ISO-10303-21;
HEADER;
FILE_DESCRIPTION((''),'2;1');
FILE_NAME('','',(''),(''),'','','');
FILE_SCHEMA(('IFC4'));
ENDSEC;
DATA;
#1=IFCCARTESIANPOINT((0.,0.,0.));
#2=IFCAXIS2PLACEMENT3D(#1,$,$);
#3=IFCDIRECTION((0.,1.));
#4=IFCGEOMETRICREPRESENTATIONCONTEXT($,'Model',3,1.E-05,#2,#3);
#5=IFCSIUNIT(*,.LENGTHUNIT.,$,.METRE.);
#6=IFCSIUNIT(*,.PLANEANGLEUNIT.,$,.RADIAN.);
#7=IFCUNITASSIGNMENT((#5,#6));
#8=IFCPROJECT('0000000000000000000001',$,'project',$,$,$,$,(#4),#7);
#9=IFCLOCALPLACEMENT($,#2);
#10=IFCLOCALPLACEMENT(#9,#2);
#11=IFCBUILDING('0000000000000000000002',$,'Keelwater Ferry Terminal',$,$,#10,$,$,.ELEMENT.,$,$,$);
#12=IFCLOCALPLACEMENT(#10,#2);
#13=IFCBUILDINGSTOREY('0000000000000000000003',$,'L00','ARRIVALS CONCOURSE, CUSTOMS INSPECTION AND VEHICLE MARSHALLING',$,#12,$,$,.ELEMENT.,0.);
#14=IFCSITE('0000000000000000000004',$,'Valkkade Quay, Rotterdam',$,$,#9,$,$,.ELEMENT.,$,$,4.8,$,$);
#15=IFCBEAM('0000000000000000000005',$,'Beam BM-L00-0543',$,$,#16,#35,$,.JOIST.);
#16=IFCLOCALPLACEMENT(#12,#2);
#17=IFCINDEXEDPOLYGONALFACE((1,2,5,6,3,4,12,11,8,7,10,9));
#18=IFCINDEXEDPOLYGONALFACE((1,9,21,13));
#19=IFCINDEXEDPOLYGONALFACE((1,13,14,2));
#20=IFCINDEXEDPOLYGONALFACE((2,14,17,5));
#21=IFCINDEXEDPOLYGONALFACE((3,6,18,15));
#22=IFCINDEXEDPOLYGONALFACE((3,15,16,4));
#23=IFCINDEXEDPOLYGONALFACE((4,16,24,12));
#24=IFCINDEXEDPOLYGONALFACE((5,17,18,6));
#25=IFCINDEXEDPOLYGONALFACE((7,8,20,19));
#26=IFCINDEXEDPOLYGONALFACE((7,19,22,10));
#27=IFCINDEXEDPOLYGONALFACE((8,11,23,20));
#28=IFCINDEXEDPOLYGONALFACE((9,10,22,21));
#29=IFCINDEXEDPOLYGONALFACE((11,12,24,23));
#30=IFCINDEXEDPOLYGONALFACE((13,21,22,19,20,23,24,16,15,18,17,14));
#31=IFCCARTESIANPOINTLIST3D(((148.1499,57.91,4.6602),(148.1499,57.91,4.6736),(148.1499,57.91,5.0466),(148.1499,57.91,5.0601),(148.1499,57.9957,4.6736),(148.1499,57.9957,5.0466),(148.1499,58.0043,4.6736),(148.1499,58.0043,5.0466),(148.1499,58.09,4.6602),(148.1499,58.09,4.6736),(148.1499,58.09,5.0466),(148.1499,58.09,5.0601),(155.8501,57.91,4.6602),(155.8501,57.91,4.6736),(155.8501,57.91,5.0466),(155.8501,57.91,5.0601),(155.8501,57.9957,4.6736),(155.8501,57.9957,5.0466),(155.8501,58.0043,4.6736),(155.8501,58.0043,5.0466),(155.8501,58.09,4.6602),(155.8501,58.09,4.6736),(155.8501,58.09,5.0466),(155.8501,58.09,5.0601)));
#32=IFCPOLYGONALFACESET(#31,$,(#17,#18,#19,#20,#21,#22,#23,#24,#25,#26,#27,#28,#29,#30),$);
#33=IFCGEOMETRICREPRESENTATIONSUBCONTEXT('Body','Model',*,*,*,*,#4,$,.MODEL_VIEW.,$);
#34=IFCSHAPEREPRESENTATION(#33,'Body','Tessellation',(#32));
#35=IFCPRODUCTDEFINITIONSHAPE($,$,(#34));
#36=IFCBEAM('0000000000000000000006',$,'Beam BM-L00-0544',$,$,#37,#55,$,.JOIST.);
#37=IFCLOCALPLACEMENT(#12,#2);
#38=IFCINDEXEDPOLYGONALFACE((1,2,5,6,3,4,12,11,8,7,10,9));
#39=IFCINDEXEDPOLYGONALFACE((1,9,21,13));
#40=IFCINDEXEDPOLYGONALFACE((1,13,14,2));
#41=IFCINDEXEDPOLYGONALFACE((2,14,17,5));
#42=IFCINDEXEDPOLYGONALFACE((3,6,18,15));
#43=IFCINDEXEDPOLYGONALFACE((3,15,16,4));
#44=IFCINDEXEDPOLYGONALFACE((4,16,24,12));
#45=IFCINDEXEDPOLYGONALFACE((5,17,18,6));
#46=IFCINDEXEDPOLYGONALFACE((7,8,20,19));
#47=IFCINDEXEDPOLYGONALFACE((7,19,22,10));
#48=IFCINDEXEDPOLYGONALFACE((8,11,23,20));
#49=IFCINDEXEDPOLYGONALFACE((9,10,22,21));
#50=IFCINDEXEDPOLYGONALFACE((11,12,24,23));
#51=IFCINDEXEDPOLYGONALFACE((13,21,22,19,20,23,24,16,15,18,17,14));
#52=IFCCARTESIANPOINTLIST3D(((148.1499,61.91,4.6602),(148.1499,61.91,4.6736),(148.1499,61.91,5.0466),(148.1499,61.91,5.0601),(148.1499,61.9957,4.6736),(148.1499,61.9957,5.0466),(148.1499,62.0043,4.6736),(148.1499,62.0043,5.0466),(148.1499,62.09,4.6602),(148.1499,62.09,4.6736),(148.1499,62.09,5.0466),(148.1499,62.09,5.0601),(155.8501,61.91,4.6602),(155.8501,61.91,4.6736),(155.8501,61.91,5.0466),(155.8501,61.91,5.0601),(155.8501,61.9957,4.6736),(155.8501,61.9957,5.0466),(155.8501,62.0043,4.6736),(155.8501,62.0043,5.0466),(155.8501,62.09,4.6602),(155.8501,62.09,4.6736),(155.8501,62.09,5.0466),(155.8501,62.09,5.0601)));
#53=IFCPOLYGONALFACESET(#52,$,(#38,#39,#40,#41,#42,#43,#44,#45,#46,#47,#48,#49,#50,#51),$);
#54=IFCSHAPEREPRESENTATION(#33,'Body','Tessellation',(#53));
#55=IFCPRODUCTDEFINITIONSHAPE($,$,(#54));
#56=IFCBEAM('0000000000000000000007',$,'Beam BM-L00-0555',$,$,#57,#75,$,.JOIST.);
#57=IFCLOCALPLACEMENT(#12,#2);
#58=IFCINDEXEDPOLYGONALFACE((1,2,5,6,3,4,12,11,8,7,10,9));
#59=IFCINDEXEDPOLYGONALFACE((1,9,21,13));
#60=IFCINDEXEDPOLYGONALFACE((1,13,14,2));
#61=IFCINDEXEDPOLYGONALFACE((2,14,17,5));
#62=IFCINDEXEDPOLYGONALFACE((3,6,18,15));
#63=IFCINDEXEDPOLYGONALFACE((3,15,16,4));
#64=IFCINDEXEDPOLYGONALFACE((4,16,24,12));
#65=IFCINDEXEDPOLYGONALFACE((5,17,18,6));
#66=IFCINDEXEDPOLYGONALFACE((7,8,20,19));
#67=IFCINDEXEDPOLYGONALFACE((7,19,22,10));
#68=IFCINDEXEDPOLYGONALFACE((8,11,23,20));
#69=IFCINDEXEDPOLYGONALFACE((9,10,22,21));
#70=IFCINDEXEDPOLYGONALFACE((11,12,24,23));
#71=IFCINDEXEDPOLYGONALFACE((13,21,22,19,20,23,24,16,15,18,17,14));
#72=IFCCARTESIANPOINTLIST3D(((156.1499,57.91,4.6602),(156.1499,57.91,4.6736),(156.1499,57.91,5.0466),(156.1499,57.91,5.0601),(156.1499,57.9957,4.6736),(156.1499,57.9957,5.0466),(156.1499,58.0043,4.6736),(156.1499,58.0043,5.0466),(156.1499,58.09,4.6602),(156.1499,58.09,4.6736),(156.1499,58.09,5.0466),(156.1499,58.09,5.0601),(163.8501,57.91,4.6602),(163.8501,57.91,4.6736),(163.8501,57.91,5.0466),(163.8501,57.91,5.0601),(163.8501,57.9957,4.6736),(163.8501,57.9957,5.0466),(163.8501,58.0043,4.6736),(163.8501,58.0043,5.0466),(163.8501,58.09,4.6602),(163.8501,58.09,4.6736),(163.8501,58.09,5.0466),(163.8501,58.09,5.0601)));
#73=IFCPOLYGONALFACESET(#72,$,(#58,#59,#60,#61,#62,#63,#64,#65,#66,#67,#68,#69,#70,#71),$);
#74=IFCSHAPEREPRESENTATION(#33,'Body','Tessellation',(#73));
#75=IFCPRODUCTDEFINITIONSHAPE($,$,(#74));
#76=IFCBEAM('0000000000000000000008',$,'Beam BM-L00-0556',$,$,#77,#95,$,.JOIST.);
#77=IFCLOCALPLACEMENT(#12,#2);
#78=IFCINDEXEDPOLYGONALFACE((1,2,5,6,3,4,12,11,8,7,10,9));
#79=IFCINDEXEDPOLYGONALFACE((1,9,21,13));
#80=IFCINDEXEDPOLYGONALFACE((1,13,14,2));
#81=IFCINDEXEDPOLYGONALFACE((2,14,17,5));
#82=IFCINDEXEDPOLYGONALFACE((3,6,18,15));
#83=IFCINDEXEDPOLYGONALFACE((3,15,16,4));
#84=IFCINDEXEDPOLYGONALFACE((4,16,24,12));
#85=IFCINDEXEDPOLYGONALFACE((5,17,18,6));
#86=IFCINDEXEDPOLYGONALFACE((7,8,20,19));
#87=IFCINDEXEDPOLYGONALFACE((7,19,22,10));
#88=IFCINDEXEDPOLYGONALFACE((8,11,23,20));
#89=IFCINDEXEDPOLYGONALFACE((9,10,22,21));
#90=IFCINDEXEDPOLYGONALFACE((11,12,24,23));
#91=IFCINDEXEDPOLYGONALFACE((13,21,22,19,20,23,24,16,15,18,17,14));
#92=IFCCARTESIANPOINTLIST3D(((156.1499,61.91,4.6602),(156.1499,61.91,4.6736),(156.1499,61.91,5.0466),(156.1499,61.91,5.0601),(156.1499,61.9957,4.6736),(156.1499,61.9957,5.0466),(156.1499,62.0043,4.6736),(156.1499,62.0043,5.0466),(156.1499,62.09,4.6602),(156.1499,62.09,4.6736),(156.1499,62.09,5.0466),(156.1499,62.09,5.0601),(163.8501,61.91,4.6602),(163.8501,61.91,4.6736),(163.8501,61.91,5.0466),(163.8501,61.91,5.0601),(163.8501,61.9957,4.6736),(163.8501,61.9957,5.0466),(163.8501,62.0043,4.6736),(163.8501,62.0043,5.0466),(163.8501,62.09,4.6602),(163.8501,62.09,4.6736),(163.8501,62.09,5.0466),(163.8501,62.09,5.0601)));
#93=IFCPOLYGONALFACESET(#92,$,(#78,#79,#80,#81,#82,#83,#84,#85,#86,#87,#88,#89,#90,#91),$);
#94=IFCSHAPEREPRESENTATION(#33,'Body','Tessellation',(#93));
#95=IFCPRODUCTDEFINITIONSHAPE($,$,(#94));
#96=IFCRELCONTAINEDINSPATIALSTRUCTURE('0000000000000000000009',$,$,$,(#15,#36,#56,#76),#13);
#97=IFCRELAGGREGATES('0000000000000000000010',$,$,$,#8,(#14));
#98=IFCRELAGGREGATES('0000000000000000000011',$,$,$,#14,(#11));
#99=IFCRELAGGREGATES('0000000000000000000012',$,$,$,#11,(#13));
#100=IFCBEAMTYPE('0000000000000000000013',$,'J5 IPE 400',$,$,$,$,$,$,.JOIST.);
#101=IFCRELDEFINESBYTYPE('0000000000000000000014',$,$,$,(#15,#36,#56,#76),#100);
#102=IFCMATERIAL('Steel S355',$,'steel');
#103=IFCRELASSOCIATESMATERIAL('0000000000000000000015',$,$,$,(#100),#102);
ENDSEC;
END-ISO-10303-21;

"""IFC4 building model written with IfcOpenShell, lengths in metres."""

from ifc_helpers import new_model, si_unit, direction, frame, origin, origin_2d, place, context, subcontext, project, spatial, i_section, extrude, material, material_profile, profile_set, type_object, element, save


model = new_model("IFC4")

# Units and contexts
model_context = context("Model", 3, precision=1e-05, world=origin(), true_north=direction((0.0, 1.0)))
body_context = subcontext(model_context, "Body", "Model", "MODEL_VIEW")
ifc_project = project(units=[si_unit("LENGTHUNIT", "METRE"), si_unit("PLANEANGLEUNIT", "RADIAN")], contexts=[model_context])

# Site, building, storey
site_placement = place(None, origin())
site = spatial("IfcSite", under=ifc_project, at=site_placement, Name="Valkkade Quay, Rotterdam", CompositionType="ELEMENT", RefElevation=4.8)
building_placement = place(site_placement, origin())
building = spatial("IfcBuilding", under=site, at=building_placement, Name="Keelwater Ferry Terminal", CompositionType="ELEMENT")
storey_placement = place(building_placement, origin())
storey = spatial("IfcBuildingStorey", under=building, at=storey_placement, Name="L00", Description="ARRIVALS CONCOURSE, CUSTOMS INSPECTION AND VEHICLE MARSHALLING", CompositionType="ELEMENT", Elevation=0.0)

# Beams
ifc_material_1 = material(Name="Steel S355", Category="steel")
ifc_material_profile_1 = material_profile(ifc_material_1, i_section(OverallWidth=0.1799, OverallDepth=0.3999, WebThickness=0.0085, FlangeThickness=0.0134, at=origin_2d()), Name="IPE 400")
ifc_profile_set_1 = profile_set([ifc_material_profile_1], Name="Steel S355")
beam_type_1 = type_object("IfcBeamType", Name="J5 IPE 400", PredefinedType="JOIST", material=ifc_profile_set_1)
for number, where, z_axis, x_axis, name in (
    (1, (148.1499, 58.0, 4.8601), (1.0, 0.0, 0.0), (0.0, 1.0, 0.0), "Beam BM-L00-0543"),
    (2, (148.1499, 62.0, 4.8601), (1.0, 0.0, 0.0), (0.0, 1.0, 0.0), "Beam BM-L00-0544"),
    (3, (156.1499, 58.0, 4.8601), (1.0, 0.0, 0.0), (0.0, 1.0, 0.0), "Beam BM-L00-0555"),
    (4, (156.1499, 62.0, 4.8601), (1.0, 0.0, 0.0), (0.0, 1.0, 0.0), "Beam BM-L00-0556"),
):
    element("IfcBeam", number, at=place(storey_placement, frame(where, z_axis=z_axis, x_axis=x_axis)), inside=storey, type_object=beam_type_1, Name=name, PredefinedType="JOIST", context=body_context, shape_type="SweptSolid", body=[
        extrude(i_section(OverallWidth=0.1799, OverallDepth=0.3999, WebThickness=0.0085, FlangeThickness=0.0134, at=origin_2d()), origin(), (0.0, 0.0, 1.0), 7.7002),
    ])

save(model, "model.ifc")
